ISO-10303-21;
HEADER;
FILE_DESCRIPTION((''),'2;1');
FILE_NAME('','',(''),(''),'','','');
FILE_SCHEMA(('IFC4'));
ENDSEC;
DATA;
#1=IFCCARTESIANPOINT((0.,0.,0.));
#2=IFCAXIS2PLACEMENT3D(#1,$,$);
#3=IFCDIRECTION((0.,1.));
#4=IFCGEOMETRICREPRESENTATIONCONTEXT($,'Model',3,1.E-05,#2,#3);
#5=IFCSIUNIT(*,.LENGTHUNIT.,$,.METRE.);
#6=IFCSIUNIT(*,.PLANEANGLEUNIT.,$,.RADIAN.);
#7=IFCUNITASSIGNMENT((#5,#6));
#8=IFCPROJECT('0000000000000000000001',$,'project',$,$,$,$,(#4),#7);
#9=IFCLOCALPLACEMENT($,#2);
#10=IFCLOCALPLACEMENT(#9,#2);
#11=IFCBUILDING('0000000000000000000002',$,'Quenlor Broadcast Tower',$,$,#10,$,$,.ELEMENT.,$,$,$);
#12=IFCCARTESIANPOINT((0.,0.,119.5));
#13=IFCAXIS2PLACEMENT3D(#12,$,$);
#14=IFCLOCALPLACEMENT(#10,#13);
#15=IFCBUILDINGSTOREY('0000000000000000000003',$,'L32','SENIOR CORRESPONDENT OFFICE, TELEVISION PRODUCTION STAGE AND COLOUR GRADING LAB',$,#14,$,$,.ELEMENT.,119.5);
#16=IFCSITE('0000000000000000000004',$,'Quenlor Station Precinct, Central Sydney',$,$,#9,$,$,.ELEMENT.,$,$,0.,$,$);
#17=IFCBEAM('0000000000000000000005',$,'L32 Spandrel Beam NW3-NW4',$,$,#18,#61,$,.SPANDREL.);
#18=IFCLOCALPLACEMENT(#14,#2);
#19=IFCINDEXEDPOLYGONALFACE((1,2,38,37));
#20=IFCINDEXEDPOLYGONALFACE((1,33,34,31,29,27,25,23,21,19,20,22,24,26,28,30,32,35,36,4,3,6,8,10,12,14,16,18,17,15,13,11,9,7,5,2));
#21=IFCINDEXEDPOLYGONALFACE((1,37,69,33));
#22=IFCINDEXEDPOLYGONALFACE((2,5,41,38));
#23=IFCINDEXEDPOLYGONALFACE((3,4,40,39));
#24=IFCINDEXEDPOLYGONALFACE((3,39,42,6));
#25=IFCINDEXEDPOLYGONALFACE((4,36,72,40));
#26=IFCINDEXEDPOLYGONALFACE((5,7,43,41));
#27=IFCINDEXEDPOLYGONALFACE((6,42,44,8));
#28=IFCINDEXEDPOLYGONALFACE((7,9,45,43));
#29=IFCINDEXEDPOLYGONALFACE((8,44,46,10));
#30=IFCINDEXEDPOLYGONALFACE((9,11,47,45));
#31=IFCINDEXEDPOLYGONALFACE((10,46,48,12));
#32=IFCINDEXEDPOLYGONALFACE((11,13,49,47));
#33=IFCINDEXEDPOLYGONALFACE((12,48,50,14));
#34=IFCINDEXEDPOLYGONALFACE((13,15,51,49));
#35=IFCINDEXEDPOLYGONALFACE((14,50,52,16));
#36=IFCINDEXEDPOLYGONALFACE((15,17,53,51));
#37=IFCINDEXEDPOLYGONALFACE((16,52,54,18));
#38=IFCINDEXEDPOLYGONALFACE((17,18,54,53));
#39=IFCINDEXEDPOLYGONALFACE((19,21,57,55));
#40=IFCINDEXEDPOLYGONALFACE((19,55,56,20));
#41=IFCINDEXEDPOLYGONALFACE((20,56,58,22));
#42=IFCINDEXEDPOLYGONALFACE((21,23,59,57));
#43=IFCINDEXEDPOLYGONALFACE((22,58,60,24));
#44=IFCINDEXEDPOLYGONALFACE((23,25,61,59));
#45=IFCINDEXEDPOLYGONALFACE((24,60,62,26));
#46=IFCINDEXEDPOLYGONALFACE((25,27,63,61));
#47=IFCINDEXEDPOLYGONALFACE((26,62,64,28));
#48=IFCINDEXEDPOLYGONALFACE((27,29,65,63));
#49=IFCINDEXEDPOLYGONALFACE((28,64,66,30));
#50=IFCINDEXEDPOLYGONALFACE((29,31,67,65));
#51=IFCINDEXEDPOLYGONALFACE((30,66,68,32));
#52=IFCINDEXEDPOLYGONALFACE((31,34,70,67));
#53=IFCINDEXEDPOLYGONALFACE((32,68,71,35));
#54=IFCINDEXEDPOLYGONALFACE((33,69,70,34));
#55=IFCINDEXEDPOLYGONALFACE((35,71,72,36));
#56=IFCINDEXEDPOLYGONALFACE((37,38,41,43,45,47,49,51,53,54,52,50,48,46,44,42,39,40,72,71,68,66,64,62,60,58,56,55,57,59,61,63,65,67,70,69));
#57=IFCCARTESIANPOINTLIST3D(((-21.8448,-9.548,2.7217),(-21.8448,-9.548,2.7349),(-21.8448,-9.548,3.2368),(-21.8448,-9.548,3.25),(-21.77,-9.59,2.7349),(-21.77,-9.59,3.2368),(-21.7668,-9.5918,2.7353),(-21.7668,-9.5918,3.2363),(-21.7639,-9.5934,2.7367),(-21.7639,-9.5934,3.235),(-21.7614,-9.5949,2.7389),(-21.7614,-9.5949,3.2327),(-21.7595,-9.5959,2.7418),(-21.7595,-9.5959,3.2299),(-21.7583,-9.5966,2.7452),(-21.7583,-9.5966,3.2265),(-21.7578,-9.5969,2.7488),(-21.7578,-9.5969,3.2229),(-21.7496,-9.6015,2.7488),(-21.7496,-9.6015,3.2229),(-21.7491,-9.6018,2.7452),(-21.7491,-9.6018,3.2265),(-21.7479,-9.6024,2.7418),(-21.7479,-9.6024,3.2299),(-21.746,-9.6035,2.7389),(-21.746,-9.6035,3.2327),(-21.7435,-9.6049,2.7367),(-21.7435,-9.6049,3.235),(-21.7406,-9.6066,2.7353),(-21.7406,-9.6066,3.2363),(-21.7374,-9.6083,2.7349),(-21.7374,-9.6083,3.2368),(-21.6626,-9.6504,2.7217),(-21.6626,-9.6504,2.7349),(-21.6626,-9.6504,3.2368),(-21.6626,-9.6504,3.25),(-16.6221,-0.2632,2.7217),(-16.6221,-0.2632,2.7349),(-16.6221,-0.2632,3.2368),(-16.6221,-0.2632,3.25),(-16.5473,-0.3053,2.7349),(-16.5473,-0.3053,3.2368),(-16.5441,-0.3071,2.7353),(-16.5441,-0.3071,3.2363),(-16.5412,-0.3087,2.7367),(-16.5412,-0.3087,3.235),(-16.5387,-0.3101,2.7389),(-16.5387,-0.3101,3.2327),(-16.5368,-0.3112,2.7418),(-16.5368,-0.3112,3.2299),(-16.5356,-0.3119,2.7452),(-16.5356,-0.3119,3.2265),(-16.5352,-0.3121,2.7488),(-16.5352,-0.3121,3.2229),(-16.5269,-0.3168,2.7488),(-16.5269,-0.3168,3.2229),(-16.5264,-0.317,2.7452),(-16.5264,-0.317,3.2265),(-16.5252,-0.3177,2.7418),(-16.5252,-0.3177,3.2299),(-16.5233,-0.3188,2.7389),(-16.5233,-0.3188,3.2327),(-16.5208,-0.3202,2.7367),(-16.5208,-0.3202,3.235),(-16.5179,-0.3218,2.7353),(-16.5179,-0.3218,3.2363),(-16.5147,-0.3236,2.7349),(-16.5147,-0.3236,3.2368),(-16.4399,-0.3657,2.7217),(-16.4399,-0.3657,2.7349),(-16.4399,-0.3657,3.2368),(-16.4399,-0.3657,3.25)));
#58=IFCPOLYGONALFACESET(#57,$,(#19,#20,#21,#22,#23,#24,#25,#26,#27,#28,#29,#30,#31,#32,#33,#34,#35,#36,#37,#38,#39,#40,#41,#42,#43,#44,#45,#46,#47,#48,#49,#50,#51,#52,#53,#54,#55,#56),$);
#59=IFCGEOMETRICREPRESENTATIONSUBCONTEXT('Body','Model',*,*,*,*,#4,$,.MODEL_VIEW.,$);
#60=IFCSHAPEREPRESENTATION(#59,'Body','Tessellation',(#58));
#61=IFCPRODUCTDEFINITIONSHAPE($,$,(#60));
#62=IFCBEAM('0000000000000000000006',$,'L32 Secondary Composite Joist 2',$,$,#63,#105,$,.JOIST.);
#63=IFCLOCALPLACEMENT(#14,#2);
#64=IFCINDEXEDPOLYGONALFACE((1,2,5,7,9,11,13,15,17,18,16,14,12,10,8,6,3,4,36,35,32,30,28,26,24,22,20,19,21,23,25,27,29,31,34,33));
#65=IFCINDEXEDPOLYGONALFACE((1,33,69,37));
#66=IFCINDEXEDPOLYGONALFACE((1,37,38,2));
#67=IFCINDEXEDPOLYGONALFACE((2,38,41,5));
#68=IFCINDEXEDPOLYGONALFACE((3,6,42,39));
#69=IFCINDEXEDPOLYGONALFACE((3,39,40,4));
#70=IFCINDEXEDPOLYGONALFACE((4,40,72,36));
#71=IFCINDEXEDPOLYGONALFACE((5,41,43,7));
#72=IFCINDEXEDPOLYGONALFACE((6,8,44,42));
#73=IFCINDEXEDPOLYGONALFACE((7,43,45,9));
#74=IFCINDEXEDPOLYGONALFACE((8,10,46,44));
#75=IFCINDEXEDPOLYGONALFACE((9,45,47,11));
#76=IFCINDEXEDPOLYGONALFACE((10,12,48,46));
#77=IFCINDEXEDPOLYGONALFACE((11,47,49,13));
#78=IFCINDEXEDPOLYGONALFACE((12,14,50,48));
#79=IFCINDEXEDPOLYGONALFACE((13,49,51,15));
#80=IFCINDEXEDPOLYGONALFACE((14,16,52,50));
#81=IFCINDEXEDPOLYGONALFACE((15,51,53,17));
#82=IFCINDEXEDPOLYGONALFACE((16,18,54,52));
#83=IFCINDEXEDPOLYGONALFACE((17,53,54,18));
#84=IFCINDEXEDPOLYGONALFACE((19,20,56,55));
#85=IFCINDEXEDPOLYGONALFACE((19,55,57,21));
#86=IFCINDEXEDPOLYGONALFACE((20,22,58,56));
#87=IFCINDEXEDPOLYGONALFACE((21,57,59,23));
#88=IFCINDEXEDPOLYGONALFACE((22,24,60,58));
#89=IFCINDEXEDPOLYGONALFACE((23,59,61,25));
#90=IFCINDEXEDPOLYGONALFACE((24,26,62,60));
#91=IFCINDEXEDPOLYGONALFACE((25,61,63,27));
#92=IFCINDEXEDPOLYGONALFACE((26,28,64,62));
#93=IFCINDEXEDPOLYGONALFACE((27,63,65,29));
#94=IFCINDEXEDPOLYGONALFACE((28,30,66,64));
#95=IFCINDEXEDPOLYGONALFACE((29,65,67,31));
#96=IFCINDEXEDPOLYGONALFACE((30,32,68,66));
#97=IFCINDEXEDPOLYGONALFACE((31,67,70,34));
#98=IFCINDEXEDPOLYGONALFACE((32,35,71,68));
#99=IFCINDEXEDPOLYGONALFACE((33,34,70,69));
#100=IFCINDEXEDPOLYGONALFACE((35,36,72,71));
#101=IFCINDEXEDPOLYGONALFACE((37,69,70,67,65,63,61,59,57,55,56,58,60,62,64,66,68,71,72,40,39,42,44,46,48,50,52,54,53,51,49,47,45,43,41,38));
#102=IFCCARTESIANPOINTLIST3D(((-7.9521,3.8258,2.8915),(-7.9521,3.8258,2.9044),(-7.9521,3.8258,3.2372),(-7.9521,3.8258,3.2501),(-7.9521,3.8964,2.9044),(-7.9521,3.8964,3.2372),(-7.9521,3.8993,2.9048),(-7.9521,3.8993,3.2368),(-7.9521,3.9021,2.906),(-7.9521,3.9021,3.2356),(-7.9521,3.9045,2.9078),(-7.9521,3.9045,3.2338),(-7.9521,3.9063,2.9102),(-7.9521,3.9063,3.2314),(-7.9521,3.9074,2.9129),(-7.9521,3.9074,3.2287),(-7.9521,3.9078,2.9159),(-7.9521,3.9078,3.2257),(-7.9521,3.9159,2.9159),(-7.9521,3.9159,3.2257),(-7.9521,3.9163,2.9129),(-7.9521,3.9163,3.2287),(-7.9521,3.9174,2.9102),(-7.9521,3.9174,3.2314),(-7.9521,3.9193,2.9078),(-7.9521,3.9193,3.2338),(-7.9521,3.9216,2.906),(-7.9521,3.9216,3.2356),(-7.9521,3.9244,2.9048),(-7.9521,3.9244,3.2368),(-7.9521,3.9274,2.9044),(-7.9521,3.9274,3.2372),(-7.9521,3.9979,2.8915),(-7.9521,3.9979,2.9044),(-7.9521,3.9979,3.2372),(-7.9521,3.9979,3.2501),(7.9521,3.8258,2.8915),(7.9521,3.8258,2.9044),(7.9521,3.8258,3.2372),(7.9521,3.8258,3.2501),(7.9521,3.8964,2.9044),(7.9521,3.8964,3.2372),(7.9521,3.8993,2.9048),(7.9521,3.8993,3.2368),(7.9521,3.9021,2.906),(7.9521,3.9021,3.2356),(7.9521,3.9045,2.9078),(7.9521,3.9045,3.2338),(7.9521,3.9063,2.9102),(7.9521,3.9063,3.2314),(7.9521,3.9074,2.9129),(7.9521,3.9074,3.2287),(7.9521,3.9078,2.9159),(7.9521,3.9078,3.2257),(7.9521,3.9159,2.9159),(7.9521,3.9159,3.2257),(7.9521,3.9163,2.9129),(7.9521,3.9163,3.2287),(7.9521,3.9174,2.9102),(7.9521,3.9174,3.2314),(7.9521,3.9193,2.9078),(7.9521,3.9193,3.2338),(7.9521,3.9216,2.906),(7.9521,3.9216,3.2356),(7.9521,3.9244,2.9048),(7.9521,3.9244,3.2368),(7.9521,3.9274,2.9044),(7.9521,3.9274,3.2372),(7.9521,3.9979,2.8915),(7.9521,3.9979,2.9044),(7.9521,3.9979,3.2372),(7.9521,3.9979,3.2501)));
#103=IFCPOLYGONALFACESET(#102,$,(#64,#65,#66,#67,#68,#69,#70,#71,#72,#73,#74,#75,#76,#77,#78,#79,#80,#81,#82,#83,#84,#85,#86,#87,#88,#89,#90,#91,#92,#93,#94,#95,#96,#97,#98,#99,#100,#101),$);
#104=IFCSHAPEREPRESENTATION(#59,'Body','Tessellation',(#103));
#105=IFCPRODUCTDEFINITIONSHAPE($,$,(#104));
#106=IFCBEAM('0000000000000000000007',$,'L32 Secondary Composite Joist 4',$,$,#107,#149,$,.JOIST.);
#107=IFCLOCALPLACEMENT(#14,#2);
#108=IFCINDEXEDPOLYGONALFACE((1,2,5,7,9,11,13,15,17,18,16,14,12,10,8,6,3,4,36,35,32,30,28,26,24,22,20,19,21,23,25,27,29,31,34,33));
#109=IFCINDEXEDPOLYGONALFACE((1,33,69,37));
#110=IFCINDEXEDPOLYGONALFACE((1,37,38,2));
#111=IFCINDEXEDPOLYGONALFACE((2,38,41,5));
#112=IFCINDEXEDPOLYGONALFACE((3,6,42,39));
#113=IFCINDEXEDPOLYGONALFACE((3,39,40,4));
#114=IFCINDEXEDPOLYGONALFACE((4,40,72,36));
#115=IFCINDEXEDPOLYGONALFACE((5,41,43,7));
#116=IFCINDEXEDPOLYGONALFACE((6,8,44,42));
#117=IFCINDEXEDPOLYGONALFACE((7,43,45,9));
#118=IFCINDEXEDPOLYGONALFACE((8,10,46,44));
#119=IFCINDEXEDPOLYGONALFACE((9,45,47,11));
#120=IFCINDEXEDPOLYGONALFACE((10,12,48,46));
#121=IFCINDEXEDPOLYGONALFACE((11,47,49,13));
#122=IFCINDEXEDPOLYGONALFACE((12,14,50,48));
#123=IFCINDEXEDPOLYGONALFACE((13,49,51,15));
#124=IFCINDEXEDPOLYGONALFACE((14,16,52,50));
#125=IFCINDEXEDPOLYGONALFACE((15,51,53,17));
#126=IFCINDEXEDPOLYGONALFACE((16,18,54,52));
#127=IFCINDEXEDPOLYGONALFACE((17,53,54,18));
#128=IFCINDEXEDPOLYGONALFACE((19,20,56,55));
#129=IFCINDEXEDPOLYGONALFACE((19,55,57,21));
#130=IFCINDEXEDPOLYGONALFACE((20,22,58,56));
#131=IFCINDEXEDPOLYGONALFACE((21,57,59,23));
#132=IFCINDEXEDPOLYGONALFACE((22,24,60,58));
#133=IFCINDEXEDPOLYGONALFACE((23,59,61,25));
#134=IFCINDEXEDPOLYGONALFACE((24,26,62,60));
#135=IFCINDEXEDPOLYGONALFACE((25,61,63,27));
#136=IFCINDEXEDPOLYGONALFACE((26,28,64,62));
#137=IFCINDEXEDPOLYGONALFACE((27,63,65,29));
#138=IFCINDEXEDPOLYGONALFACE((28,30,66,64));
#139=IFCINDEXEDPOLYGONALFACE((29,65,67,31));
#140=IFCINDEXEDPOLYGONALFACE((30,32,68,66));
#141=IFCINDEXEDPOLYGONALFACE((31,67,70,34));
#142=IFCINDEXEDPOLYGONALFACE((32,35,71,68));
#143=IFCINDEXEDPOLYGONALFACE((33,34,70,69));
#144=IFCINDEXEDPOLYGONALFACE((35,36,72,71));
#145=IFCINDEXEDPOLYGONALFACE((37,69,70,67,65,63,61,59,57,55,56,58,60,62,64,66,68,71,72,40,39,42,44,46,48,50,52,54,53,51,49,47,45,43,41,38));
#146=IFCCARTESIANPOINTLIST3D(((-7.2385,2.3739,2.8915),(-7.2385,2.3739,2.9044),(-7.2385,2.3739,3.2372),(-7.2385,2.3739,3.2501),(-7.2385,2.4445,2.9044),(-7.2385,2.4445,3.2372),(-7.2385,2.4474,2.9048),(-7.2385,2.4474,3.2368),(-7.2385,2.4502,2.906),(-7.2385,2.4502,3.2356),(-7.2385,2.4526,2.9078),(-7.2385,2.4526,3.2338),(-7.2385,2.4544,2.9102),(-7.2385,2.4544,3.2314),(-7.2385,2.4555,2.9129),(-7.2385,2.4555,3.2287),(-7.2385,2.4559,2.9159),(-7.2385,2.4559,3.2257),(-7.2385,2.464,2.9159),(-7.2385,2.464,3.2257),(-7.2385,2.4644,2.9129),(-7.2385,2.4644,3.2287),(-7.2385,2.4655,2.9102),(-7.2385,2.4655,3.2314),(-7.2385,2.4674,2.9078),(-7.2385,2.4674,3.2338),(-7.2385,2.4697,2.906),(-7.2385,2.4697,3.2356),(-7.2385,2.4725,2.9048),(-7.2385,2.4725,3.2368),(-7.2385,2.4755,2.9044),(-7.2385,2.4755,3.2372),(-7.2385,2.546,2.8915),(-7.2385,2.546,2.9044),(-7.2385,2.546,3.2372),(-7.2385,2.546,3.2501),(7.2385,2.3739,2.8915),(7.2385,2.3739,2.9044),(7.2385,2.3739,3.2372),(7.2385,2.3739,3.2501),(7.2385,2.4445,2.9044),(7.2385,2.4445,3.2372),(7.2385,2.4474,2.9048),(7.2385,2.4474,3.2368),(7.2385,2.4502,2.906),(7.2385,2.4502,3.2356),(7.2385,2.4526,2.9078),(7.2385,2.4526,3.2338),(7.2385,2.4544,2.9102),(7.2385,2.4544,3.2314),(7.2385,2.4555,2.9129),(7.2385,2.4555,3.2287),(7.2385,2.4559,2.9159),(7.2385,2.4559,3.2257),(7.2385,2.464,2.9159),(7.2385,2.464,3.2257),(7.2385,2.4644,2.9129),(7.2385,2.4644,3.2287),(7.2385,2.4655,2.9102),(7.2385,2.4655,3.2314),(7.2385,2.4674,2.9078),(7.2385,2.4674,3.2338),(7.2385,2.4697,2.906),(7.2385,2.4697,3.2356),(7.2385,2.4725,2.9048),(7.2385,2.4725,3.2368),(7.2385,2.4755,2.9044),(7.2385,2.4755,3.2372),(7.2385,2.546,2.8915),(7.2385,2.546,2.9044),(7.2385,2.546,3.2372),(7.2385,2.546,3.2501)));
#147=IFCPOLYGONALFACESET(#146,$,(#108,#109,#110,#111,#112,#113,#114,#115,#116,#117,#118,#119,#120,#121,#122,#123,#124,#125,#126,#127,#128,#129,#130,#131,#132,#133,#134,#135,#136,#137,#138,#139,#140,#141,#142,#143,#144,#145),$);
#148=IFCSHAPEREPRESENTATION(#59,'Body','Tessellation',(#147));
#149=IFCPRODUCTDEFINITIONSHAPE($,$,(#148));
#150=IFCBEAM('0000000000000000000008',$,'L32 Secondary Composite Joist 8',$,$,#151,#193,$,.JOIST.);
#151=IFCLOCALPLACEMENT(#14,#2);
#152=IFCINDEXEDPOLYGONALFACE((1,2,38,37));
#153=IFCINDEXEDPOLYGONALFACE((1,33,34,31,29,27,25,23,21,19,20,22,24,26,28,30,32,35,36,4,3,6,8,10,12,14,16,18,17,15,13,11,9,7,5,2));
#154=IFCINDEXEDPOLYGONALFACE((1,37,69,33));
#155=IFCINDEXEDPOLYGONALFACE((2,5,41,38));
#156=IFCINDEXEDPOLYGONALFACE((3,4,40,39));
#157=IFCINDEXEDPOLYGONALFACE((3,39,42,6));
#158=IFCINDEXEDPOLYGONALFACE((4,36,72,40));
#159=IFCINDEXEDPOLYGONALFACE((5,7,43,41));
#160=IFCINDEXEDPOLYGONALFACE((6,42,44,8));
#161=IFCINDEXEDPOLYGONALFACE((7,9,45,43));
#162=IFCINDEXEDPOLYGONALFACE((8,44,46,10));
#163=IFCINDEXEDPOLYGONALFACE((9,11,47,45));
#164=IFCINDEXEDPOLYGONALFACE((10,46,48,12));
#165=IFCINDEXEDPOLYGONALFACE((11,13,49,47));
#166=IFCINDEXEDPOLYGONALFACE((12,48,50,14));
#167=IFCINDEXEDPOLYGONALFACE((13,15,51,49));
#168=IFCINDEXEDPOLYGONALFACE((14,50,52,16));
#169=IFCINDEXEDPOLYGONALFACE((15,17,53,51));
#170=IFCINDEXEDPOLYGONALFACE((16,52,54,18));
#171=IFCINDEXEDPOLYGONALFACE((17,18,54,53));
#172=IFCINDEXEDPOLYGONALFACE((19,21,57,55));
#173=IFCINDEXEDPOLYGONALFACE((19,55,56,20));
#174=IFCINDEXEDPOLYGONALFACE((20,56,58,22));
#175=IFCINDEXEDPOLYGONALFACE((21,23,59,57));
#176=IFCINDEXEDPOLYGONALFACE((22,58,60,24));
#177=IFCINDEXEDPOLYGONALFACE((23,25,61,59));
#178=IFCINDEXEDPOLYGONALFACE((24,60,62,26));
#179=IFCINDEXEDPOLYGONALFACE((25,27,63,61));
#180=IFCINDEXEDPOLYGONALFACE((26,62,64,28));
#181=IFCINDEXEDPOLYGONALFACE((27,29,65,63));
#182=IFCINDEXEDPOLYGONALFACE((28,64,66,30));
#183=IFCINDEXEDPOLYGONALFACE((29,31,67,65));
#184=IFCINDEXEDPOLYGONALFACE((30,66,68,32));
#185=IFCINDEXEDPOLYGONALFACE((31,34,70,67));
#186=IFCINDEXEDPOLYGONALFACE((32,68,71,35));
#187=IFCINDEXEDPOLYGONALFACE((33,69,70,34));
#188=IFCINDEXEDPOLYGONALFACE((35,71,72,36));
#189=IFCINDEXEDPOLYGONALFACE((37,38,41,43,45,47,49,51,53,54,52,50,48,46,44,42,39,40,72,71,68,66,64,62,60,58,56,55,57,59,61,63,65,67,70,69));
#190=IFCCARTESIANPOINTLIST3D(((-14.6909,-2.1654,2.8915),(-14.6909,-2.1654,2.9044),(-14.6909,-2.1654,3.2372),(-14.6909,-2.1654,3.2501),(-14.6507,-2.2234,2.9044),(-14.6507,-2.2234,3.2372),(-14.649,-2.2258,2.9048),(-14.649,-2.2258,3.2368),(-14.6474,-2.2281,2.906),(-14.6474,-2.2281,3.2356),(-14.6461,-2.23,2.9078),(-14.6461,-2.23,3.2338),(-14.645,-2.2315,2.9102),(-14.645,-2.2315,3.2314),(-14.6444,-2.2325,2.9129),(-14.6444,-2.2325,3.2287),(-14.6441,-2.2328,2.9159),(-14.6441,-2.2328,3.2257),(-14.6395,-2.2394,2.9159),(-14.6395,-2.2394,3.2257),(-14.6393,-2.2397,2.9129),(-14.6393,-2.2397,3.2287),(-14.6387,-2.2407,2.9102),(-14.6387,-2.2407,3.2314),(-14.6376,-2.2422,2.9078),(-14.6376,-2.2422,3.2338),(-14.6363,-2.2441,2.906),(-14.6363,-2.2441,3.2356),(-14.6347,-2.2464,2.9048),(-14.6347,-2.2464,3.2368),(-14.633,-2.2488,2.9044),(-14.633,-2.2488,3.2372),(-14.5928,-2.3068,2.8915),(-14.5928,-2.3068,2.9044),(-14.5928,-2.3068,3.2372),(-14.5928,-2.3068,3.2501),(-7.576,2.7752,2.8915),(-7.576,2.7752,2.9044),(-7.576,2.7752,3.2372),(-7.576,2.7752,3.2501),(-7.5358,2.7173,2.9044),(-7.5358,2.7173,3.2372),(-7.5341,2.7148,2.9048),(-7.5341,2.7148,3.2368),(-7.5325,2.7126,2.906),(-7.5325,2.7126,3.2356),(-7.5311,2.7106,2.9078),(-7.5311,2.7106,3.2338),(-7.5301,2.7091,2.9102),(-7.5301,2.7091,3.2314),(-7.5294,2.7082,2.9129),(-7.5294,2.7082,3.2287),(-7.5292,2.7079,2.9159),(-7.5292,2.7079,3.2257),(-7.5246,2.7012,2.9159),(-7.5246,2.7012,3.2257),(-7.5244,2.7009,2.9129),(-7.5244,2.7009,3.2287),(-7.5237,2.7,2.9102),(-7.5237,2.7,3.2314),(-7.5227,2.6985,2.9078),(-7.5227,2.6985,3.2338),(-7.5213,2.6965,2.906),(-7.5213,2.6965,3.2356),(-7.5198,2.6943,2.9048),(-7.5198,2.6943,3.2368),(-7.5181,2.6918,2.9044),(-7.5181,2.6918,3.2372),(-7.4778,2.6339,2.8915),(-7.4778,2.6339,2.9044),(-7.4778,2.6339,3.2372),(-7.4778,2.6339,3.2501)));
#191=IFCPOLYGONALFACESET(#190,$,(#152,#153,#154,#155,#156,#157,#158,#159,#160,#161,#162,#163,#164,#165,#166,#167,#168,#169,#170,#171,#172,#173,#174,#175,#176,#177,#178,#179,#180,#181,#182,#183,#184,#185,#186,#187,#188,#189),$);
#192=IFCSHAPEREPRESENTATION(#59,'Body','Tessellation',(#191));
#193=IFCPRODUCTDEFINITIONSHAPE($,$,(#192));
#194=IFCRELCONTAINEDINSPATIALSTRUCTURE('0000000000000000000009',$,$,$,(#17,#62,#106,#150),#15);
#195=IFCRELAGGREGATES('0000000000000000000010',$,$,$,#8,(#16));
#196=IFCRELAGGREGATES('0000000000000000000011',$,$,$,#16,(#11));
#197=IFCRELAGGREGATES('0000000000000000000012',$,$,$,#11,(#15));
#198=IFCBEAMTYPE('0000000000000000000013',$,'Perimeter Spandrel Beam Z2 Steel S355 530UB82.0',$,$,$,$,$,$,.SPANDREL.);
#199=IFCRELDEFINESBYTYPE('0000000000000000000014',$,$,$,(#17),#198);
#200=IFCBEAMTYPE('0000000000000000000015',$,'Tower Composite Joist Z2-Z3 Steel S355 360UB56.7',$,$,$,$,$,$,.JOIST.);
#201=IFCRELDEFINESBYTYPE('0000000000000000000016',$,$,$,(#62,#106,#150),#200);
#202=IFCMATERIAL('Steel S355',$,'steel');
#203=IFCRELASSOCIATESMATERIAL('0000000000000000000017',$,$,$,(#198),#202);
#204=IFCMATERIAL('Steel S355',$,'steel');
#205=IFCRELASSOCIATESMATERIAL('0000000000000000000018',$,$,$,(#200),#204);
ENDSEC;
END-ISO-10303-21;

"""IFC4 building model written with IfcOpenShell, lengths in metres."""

from ifc_helpers import new_model, si_unit, direction, frame, origin, origin_2d, place, context, subcontext, project, spatial, i_section, extrude, material, material_profile, profile_set, type_object, element, save


model = new_model("IFC4")

# Units and contexts
model_context = context("Model", 3, precision=1e-05, world=origin(), true_north=direction((0.0, 1.0)))
body_context = subcontext(model_context, "Body", "Model", "MODEL_VIEW")
ifc_project = project(units=[si_unit("LENGTHUNIT", "METRE"), si_unit("PLANEANGLEUNIT", "RADIAN")], contexts=[model_context])

# Site, building, storey
site_placement = place(None, origin())
site = spatial("IfcSite", under=ifc_project, at=site_placement, Name="Quenlor Station Precinct, Central Sydney", CompositionType="ELEMENT", RefElevation=0.0)
building_placement = place(site_placement, origin())
building = spatial("IfcBuilding", under=site, at=building_placement, Name="Quenlor Broadcast Tower", CompositionType="ELEMENT")
storey_placement = place(building_placement, frame((0.0, 0.0, 119.5)))
storey = spatial("IfcBuildingStorey", under=building, at=storey_placement, Name="L32", Description="SENIOR CORRESPONDENT OFFICE, TELEVISION PRODUCTION STAGE AND COLOUR GRADING LAB", CompositionType="ELEMENT", Elevation=119.5)

# Beams
ifc_material_1 = material(Name="Steel S355", Category="steel")
ifc_material_profile_1 = material_profile(ifc_material_1, i_section(OverallWidth=0.209, OverallDepth=0.5283, WebThickness=0.0095, FlangeThickness=0.0132, FilletRadius=0.0139, at=origin_2d()))
ifc_profile_set_1 = profile_set([ifc_material_profile_1], Name="Steel S355 530UB82.0")
beam_type_1 = type_object("IfcBeamType", Name="Perimeter Spandrel Beam Z2 Steel S355 530UB82.0", PredefinedType="SPANDREL", material=ifc_profile_set_1)
beam_1_placement = place(storey_placement, frame((-16.531, -0.3145, 2.9858), z_axis=(-0.490263, -0.871574, 0.0), x_axis=(0.871574, -0.490263, 0.0)))
element("IfcBeam", 1, at=beam_1_placement, inside=storey, type_object=beam_type_1, Name="L32 Spandrel Beam NW3-NW4", PredefinedType="SPANDREL", context=body_context, shape_type="SweptSolid", body=[
    extrude(i_section(OverallWidth=0.209, OverallDepth=0.5283, WebThickness=0.0095, FlangeThickness=0.0132, FilletRadius=0.0139, at=origin_2d()), origin(), (0.0, 0.0, 1.0), 10.6528),
])
ifc_material_2 = material(Name="Steel S355", Category="steel")
ifc_material_profile_2 = material_profile(ifc_material_2, i_section(OverallWidth=0.1721, OverallDepth=0.3586, WebThickness=0.0081, FlangeThickness=0.0129, FilletRadius=0.0115, at=origin_2d()))
ifc_profile_set_2 = profile_set([ifc_material_profile_2], Name="Steel S355 360UB56.7")
beam_type_2 = type_object("IfcBeamType", Name="Tower Composite Joist Z2-Z3 Steel S355 360UB56.7", PredefinedType="JOIST", material=ifc_profile_set_2)
beam_2_placement = place(storey_placement, frame((-7.9521, 3.9119, 3.0708), z_axis=(1.0, 0.0, 0.0), x_axis=(0.0, 1.0, 0.0)))
element("IfcBeam", 2, at=beam_2_placement, inside=storey, type_object=beam_type_2, Name="L32 Secondary Composite Joist 2", PredefinedType="JOIST", context=body_context, shape_type="SweptSolid", body=[
    extrude(i_section(OverallWidth=0.1721, OverallDepth=0.3586, WebThickness=0.0081, FlangeThickness=0.0129, FilletRadius=0.0115, at=origin_2d()), origin(), (0.0, 0.0, 1.0), 15.9043),
])
beam_3_placement = place(storey_placement, frame((-7.2385, 2.46, 3.0708), z_axis=(1.0, 0.0, 0.0), x_axis=(0.0, 1.0, 0.0)))
element("IfcBeam", 3, at=beam_3_placement, inside=storey, type_object=beam_type_2, Name="L32 Secondary Composite Joist 4", PredefinedType="JOIST", context=body_context, shape_type="SweptSolid", body=[
    extrude(i_section(OverallWidth=0.1721, OverallDepth=0.3586, WebThickness=0.0081, FlangeThickness=0.0129, FilletRadius=0.0115, at=origin_2d()), origin(), (0.0, 0.0, 1.0), 14.4771),
])
beam_4_placement = place(storey_placement, frame((-14.6418, -2.2361, 3.0708), z_axis=(0.821386, 0.570373, 0.0), x_axis=(-0.570373, 0.821386, 0.0)))
element("IfcBeam", 4, at=beam_4_placement, inside=storey, type_object=beam_type_2, Name="L32 Secondary Composite Joist 8", PredefinedType="JOIST", context=body_context, shape_type="SweptSolid", body=[
    extrude(i_section(OverallWidth=0.1721, OverallDepth=0.3586, WebThickness=0.0081, FlangeThickness=0.0129, FilletRadius=0.0115, at=origin_2d()), origin(), (0.0, 0.0, 1.0), 8.6621),
])

save(model, "model.ifc")
